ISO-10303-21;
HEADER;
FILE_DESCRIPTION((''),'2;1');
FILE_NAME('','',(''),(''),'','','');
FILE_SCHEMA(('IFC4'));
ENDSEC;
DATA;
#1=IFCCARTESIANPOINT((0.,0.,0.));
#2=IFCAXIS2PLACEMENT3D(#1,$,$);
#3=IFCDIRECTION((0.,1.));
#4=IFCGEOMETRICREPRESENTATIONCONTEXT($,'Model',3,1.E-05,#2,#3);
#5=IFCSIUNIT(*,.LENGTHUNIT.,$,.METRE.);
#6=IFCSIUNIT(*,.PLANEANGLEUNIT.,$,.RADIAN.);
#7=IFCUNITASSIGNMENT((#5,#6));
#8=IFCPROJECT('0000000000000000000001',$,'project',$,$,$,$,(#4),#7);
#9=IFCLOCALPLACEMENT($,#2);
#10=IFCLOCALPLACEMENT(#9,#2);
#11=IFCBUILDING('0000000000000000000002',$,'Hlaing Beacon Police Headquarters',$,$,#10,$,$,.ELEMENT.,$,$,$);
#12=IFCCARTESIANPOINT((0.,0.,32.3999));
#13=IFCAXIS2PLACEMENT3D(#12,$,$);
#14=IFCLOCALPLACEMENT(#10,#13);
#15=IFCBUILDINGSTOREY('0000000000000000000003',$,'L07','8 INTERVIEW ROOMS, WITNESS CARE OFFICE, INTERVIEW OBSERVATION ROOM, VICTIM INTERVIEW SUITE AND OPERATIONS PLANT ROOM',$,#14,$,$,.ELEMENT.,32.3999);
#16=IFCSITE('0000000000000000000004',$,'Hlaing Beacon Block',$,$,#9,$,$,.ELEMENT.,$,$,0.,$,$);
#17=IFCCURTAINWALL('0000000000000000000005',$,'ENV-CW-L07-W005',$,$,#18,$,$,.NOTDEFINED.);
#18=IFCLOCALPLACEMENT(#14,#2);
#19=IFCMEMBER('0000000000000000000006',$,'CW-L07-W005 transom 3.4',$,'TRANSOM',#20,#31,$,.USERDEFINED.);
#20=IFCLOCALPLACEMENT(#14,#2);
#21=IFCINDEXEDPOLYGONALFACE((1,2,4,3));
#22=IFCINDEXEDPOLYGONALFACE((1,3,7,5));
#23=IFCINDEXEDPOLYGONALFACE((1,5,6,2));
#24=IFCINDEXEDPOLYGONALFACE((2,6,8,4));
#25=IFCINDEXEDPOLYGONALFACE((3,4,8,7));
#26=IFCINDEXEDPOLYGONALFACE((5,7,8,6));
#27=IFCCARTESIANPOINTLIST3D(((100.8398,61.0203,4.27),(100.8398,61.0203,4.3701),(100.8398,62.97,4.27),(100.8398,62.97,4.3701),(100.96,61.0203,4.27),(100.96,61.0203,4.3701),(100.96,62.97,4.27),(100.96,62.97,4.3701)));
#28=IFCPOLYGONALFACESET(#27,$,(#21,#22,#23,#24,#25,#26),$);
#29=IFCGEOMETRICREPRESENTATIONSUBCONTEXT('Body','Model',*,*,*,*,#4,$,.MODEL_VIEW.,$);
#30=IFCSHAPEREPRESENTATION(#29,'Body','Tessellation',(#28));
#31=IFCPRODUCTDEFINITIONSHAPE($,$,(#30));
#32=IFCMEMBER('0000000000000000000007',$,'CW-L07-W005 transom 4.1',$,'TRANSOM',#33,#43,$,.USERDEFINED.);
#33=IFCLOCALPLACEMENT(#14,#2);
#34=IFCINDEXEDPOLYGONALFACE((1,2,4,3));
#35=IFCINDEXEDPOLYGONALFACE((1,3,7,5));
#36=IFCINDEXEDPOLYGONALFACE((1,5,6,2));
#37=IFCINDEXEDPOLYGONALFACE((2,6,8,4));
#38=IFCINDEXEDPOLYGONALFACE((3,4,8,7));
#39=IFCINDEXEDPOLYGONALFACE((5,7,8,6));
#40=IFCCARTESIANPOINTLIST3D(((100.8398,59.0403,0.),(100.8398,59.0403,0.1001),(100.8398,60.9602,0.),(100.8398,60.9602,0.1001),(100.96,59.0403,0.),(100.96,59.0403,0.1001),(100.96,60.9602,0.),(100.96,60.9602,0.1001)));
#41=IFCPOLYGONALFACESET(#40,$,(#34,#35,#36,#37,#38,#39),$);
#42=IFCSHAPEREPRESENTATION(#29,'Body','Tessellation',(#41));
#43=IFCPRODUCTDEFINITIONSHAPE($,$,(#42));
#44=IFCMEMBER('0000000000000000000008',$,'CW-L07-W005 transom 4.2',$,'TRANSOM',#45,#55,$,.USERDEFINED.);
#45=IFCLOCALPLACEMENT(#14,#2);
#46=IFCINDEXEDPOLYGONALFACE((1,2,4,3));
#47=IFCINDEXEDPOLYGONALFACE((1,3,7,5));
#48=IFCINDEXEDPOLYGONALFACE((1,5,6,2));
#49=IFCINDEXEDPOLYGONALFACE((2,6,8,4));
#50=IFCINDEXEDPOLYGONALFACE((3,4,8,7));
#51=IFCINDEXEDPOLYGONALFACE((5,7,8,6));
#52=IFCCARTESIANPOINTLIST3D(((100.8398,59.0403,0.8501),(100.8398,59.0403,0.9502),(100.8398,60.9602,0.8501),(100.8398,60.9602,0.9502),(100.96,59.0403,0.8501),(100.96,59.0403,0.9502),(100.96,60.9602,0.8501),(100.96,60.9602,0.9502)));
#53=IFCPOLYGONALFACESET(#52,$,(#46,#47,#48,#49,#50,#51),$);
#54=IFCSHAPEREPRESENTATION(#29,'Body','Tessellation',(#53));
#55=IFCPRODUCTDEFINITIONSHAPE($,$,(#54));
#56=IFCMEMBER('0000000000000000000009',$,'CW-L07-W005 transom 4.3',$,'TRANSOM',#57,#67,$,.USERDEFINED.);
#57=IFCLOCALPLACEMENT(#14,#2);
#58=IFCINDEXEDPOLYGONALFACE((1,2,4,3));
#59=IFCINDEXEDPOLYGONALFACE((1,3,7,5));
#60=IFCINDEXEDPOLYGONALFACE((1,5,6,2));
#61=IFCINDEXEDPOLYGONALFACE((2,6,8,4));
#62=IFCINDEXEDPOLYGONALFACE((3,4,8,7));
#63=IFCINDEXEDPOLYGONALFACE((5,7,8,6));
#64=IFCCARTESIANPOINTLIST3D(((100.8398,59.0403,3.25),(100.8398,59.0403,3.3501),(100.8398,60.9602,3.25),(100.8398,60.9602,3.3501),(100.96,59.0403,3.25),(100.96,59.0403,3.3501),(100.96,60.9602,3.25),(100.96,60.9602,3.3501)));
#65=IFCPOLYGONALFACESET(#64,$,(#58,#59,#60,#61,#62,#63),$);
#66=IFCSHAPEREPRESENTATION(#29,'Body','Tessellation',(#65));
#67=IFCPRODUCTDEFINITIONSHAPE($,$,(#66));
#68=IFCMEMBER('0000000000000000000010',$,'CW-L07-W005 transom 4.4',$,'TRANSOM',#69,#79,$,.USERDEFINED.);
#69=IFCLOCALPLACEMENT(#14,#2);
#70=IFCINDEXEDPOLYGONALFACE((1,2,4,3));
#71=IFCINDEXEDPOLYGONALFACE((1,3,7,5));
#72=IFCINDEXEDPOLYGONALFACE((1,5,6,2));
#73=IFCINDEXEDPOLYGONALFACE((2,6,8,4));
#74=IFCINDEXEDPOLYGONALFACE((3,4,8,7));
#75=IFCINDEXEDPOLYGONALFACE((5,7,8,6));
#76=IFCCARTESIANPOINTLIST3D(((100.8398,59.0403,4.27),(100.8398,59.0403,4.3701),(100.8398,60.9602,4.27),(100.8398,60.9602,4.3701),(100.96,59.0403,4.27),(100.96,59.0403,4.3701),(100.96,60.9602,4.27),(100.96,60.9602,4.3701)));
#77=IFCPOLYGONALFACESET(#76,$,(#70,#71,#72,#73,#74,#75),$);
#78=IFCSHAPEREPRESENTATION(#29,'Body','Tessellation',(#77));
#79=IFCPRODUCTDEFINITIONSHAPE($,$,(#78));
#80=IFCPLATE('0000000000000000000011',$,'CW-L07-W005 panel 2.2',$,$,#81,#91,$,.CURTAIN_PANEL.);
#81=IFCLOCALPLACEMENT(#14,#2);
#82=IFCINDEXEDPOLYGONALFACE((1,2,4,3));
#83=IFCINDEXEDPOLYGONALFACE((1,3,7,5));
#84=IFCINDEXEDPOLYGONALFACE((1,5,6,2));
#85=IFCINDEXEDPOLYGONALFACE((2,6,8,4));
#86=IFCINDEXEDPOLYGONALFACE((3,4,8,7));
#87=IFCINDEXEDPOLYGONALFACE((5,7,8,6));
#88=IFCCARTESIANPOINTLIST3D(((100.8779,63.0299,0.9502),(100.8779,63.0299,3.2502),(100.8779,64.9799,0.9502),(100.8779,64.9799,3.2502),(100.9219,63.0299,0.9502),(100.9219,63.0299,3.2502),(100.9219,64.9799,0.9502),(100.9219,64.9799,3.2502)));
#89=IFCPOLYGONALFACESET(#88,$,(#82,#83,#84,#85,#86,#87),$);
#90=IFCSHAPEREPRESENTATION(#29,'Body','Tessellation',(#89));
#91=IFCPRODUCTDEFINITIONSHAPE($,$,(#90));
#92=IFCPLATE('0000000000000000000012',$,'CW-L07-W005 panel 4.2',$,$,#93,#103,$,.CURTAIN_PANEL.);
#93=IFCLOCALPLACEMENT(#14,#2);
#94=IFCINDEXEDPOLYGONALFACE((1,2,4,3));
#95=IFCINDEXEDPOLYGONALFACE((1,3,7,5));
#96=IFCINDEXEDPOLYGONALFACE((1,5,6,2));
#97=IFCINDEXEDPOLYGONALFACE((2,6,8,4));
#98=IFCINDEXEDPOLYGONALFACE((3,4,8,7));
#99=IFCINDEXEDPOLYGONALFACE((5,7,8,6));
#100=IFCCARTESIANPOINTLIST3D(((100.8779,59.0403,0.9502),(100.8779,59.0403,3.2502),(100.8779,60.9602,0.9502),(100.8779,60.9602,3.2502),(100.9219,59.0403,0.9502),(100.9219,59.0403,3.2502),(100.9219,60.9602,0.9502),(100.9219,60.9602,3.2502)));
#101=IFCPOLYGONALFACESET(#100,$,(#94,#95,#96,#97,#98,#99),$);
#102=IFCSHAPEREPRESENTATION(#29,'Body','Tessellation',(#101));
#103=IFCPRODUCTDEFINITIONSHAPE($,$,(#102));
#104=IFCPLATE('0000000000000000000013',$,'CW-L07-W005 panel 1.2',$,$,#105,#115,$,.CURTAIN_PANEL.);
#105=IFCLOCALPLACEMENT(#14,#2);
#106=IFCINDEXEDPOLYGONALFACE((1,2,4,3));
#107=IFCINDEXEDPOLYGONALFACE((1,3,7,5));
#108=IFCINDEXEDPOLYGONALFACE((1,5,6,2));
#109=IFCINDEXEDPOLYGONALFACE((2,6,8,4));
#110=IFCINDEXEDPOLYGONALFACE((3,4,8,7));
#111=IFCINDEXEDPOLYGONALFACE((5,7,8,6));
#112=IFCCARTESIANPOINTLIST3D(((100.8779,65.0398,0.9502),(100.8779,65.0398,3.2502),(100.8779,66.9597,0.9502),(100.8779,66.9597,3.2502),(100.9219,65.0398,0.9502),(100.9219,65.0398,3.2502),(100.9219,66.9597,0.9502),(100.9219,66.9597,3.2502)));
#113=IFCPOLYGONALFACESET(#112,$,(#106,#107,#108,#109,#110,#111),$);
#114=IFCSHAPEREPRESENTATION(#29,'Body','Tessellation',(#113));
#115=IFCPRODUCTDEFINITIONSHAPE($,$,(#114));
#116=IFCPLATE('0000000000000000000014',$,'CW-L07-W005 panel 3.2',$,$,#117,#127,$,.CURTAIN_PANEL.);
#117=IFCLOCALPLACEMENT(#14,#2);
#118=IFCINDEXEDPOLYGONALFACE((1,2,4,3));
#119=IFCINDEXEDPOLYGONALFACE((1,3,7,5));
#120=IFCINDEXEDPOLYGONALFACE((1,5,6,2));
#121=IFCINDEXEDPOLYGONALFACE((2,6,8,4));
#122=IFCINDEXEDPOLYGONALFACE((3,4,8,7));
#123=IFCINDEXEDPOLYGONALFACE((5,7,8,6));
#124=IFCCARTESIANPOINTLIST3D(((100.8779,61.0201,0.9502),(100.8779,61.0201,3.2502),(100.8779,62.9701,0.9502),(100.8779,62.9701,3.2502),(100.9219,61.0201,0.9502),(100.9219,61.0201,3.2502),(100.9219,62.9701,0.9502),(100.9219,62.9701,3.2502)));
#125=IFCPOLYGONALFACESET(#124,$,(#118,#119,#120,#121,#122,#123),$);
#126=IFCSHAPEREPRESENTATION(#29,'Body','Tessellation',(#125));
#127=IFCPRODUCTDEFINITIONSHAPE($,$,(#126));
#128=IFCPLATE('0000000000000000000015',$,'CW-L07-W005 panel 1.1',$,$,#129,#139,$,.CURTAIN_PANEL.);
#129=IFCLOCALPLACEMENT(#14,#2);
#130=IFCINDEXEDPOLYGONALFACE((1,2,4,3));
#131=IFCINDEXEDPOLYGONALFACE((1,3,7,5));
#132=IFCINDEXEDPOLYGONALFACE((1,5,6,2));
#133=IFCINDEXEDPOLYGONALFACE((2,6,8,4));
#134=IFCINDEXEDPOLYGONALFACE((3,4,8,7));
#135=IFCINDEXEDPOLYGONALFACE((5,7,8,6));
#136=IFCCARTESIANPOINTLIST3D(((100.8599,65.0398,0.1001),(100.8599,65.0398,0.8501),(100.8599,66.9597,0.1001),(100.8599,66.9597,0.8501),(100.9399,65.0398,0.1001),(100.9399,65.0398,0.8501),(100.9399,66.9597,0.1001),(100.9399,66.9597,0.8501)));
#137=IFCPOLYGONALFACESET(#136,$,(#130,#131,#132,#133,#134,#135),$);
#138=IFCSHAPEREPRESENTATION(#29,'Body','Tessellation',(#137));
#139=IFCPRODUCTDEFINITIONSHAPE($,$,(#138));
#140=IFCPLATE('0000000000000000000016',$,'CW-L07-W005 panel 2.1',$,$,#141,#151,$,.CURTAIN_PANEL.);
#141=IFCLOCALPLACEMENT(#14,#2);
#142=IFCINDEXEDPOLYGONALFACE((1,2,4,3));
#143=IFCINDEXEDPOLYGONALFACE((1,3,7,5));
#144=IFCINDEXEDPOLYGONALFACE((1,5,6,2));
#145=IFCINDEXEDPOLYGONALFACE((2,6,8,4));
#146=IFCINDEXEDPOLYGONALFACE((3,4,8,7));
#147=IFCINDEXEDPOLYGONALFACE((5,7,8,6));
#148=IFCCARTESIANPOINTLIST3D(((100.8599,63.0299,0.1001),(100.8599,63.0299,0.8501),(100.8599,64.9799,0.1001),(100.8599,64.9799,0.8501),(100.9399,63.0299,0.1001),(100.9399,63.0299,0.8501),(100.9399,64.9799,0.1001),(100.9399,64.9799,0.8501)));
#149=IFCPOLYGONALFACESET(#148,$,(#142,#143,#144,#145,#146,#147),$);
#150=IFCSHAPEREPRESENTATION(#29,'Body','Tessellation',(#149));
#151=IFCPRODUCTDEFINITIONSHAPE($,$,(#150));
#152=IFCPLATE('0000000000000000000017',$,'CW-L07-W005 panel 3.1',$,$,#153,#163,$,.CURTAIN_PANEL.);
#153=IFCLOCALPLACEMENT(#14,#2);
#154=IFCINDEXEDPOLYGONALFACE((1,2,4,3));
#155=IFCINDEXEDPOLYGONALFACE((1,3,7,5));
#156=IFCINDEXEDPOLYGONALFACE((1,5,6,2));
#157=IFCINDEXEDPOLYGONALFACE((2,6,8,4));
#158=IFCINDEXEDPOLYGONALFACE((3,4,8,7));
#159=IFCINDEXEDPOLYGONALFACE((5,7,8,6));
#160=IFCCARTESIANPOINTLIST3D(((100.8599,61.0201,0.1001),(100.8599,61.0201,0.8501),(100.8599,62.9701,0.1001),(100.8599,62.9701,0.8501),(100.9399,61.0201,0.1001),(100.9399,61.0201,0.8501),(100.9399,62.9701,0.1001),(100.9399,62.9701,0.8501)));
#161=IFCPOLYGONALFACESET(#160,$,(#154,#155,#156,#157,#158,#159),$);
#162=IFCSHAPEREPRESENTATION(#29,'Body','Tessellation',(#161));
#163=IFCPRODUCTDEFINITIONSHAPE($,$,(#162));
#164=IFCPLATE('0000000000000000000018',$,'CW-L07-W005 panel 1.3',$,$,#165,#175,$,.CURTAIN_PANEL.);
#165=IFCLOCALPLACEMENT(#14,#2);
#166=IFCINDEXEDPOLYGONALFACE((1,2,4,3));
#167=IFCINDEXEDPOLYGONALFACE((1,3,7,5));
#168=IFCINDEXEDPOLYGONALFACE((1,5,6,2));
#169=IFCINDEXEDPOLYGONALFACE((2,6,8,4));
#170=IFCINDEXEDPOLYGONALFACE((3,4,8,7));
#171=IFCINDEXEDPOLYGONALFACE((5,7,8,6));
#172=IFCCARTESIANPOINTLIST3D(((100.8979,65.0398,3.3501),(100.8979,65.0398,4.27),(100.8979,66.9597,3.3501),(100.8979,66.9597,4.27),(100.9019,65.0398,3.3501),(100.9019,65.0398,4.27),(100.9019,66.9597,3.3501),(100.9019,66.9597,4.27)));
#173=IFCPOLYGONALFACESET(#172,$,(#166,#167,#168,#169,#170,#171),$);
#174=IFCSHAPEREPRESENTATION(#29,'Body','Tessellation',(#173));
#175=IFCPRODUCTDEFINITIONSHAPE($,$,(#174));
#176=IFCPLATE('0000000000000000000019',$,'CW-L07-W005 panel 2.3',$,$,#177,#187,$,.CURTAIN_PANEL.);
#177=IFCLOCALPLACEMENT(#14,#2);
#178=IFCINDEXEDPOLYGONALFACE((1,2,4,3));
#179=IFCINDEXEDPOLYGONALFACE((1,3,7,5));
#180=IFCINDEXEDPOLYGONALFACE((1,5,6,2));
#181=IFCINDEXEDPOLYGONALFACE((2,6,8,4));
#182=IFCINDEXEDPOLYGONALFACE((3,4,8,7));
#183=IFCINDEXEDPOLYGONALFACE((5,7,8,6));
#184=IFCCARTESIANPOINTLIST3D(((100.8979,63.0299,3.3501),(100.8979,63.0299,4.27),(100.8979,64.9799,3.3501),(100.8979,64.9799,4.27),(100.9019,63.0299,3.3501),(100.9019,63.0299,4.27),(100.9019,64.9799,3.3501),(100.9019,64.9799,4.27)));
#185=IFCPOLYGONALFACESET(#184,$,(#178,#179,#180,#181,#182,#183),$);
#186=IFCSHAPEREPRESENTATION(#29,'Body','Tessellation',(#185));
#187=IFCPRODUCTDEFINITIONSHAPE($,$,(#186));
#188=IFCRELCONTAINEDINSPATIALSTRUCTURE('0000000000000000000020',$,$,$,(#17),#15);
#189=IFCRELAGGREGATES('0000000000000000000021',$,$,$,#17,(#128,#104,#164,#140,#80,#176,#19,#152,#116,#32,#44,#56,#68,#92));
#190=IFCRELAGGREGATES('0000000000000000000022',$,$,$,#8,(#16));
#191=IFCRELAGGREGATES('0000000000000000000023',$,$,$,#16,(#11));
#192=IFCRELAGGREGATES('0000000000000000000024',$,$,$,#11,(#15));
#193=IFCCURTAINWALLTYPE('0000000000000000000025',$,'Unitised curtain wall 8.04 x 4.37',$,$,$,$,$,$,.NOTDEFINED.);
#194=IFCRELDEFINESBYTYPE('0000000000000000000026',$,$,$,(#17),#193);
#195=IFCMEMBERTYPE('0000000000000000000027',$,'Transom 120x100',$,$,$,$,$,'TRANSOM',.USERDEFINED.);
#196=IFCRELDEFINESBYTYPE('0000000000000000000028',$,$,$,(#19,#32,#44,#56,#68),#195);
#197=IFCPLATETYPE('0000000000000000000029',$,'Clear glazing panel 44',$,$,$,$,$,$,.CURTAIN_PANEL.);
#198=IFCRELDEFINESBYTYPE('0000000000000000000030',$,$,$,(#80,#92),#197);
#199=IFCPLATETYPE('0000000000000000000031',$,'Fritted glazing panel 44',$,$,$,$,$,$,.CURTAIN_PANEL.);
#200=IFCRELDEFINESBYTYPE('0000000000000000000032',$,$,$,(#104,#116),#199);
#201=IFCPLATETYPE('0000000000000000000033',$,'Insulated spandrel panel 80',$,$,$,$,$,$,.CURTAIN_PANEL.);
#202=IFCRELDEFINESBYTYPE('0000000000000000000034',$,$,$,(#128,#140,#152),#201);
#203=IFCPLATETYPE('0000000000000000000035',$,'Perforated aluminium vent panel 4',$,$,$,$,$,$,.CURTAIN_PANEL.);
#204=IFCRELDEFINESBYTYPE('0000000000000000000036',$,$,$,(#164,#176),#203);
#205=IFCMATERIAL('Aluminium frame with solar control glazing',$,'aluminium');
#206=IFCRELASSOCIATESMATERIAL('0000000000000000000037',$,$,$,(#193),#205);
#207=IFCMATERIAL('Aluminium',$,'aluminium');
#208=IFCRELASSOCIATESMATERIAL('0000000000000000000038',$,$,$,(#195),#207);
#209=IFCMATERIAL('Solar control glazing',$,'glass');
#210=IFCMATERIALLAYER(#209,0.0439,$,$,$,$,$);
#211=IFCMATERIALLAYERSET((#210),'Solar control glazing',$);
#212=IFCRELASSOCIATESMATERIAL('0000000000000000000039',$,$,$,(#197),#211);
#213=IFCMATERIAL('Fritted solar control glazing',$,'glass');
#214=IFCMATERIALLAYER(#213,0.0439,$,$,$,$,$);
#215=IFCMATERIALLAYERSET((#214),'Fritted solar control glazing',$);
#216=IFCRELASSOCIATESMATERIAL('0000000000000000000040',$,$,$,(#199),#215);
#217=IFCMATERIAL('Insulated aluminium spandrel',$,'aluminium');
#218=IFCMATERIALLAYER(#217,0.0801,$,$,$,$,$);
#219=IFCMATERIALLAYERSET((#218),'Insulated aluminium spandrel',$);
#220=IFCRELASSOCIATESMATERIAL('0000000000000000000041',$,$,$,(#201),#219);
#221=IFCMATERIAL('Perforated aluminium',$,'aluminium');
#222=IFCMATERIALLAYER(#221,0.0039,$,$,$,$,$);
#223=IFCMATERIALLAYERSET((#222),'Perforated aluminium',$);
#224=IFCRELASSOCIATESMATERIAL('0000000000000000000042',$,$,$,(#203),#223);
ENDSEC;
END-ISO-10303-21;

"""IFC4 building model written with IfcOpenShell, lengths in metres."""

from ifc_helpers import new_model, si_unit, direction, frame, origin, origin_2d, place, context, subcontext, project, spatial, rectangle, extrude, material, layer, layer_set, material_profile, profile_set, type_object, element, aggregate, save


model = new_model("IFC4")

# Units and contexts
model_context = context("Model", 3, precision=1e-05, world=origin(), true_north=direction((0.0, 1.0)))
body_context = subcontext(model_context, "Body", "Model", "MODEL_VIEW")
ifc_project = project(units=[si_unit("LENGTHUNIT", "METRE"), si_unit("PLANEANGLEUNIT", "RADIAN")], contexts=[model_context])

# Site, building, storey
site_placement = place(None, origin())
site = spatial("IfcSite", under=ifc_project, at=site_placement, Name="Hlaing Beacon Block", CompositionType="ELEMENT", RefElevation=0.0)
building_placement = place(site_placement, origin())
building = spatial("IfcBuilding", under=site, at=building_placement, Name="Hlaing Beacon Police Headquarters", CompositionType="ELEMENT")
storey_placement = place(building_placement, frame((0.0, 0.0, 32.3999)))
storey = spatial("IfcBuildingStorey", under=building, at=storey_placement, Name="L07", Description="8 INTERVIEW ROOMS, WITNESS CARE OFFICE, INTERVIEW OBSERVATION ROOM, VICTIM INTERVIEW SUITE AND OPERATIONS PLANT ROOM", CompositionType="ELEMENT", Elevation=32.3999)

# Curtain wall, members, plates
ifc_material_1 = material(Name="Aluminium frame with solar control glazing", Category="aluminium")
curtain_wall_type = type_object("IfcCurtainWallType", Name="Unitised curtain wall 8.04 x 4.37", PredefinedType="NOTDEFINED", material=ifc_material_1)
curtain_wall_placement = place(storey_placement, origin())
curtain_wall = element("IfcCurtainWall", 1, at=curtain_wall_placement, inside=storey, type_object=curtain_wall_type, Name="ENV-CW-L07-W005", PredefinedType="NOTDEFINED")
ifc_material_2 = material(Name="Aluminium", Category="aluminium")
ifc_material_profile_1 = material_profile(ifc_material_2, rectangle(XDim=0.1201, YDim=0.1001, at=origin_2d()), Name="Transom 120x100")
ifc_profile_set_1 = profile_set([ifc_material_profile_1], Name="Aluminium")
member_type_1 = type_object("IfcMemberType", Name="Transom 120x100", ElementType="TRANSOM", PredefinedType="USERDEFINED", material=ifc_profile_set_1)
member_1_placement = place(storey_placement, frame((100.8999, 62.97, 4.3201), z_axis=(0.0, -1.0, 0.0), x_axis=(1.0, 0.0, 0.0)))
member_1 = element("IfcMember", 2, at=member_1_placement, type_object=member_type_1, Name="CW-L07-W005 transom 3.4", ObjectType="TRANSOM", PredefinedType="USERDEFINED", context=body_context, shape_type="SweptSolid", body=[
    extrude(rectangle(XDim=0.1201, YDim=0.1001, at=origin_2d()), origin(), (0.0, 0.0, 1.0), 1.9497),
])
member_2_placement = place(storey_placement, frame((100.8999, 60.9602, 0.05), z_axis=(0.0, -1.0, 0.0), x_axis=(1.0, 0.0, 0.0)))
member_2 = element("IfcMember", 3, at=member_2_placement, type_object=member_type_1, Name="CW-L07-W005 transom 4.1", ObjectType="TRANSOM", PredefinedType="USERDEFINED", context=body_context, shape_type="SweptSolid", body=[
    extrude(rectangle(XDim=0.1201, YDim=0.1001, at=origin_2d()), origin(), (0.0, 0.0, 1.0), 1.9199),
])
member_3_placement = place(storey_placement, frame((100.8999, 60.9602, 0.9001), z_axis=(0.0, -1.0, 0.0), x_axis=(1.0, 0.0, 0.0)))
member_3 = element("IfcMember", 4, at=member_3_placement, type_object=member_type_1, Name="CW-L07-W005 transom 4.2", ObjectType="TRANSOM", PredefinedType="USERDEFINED", context=body_context, shape_type="SweptSolid", body=[
    extrude(rectangle(XDim=0.1201, YDim=0.1001, at=origin_2d()), origin(), (0.0, 0.0, 1.0), 1.9199),
])
member_4_placement = place(storey_placement, frame((100.8999, 60.9602, 3.3), z_axis=(0.0, -1.0, 0.0), x_axis=(1.0, 0.0, 0.0)))
member_4 = element("IfcMember", 5, at=member_4_placement, type_object=member_type_1, Name="CW-L07-W005 transom 4.3", ObjectType="TRANSOM", PredefinedType="USERDEFINED", context=body_context, shape_type="SweptSolid", body=[
    extrude(rectangle(XDim=0.1201, YDim=0.1001, at=origin_2d()), origin(), (0.0, 0.0, 1.0), 1.9199),
])
member_5_placement = place(storey_placement, frame((100.8999, 60.9602, 4.3201), z_axis=(0.0, -1.0, 0.0), x_axis=(1.0, 0.0, 0.0)))
member_5 = element("IfcMember", 6, at=member_5_placement, type_object=member_type_1, Name="CW-L07-W005 transom 4.4", ObjectType="TRANSOM", PredefinedType="USERDEFINED", context=body_context, shape_type="SweptSolid", body=[
    extrude(rectangle(XDim=0.1201, YDim=0.1001, at=origin_2d()), origin(), (0.0, 0.0, 1.0), 1.9199),
])
ifc_material_3 = material(Name="Solar control glazing", Category="glass")
ifc_layer_1 = layer(ifc_material_3, 0.0439)
ifc_layer_set_1 = layer_set([ifc_layer_1], Name="Solar control glazing")
plate_type_1 = type_object("IfcPlateType", Name="Clear glazing panel 44", PredefinedType="CURTAIN_PANEL", material=ifc_layer_set_1)
plate_1_placement = place(storey_placement, frame((100.8999, 64.0049, 0.9502), z_axis=(0.0, 0.0, 1.0), x_axis=(0.0, -1.0, 0.0)))
plate_1 = element("IfcPlate", 7, at=plate_1_placement, type_object=plate_type_1, Name="CW-L07-W005 panel 2.2", PredefinedType="CURTAIN_PANEL", context=body_context, shape_type="SweptSolid", body=[
    extrude(rectangle(XDim=1.95, YDim=0.0439, at=origin_2d()), origin(), (0.0, 0.0, 1.0), 2.3),
])
plate_2_placement = place(storey_placement, frame((100.8999, 60.0002, 0.9502), z_axis=(0.0, 0.0, 1.0), x_axis=(0.0, -1.0, 0.0)))
plate_2 = element("IfcPlate", 8, at=plate_2_placement, type_object=plate_type_1, Name="CW-L07-W005 panel 4.2", PredefinedType="CURTAIN_PANEL", context=body_context, shape_type="SweptSolid", body=[
    extrude(rectangle(XDim=1.9199, YDim=0.0439, at=origin_2d()), origin(), (0.0, 0.0, 1.0), 2.3),
])
ifc_material_4 = material(Name="Fritted solar control glazing", Category="glass")
ifc_layer_2 = layer(ifc_material_4, 0.0439)
ifc_layer_set_2 = layer_set([ifc_layer_2], Name="Fritted solar control glazing")
plate_type_2 = type_object("IfcPlateType", Name="Fritted glazing panel 44", PredefinedType="CURTAIN_PANEL", material=ifc_layer_set_2)
plate_3_placement = place(storey_placement, frame((100.8999, 65.9998, 0.9502), z_axis=(0.0, 0.0, 1.0), x_axis=(0.0, -1.0, 0.0)))
plate_3 = element("IfcPlate", 9, at=plate_3_placement, type_object=plate_type_2, Name="CW-L07-W005 panel 1.2", PredefinedType="CURTAIN_PANEL", context=body_context, shape_type="SweptSolid", body=[
    extrude(rectangle(XDim=1.9199, YDim=0.0439, at=origin_2d()), origin(), (0.0, 0.0, 1.0), 2.3),
])
plate_4_placement = place(storey_placement, frame((100.8999, 61.9951, 0.9502), z_axis=(0.0, 0.0, 1.0), x_axis=(0.0, -1.0, 0.0)))
plate_4 = element("IfcPlate", 10, at=plate_4_placement, type_object=plate_type_2, Name="CW-L07-W005 panel 3.2", PredefinedType="CURTAIN_PANEL", context=body_context, shape_type="SweptSolid", body=[
    extrude(rectangle(XDim=1.95, YDim=0.0439, at=origin_2d()), origin(), (0.0, 0.0, 1.0), 2.3),
])
ifc_material_5 = material(Name="Insulated aluminium spandrel", Category="aluminium")
ifc_layer_3 = layer(ifc_material_5, 0.0801)
ifc_layer_set_3 = layer_set([ifc_layer_3], Name="Insulated aluminium spandrel")
plate_type_3 = type_object("IfcPlateType", Name="Insulated spandrel panel 80", PredefinedType="CURTAIN_PANEL", material=ifc_layer_set_3)
plate_5_placement = place(storey_placement, frame((100.8999, 65.9998, 0.1001), z_axis=(0.0, 0.0, 1.0), x_axis=(0.0, -1.0, 0.0)))
plate_5 = element("IfcPlate", 11, at=plate_5_placement, type_object=plate_type_3, Name="CW-L07-W005 panel 1.1", PredefinedType="CURTAIN_PANEL", context=body_context, shape_type="SweptSolid", body=[
    extrude(rectangle(XDim=1.9199, YDim=0.0801, at=origin_2d()), origin(), (0.0, 0.0, 1.0), 0.75),
])
plate_6_placement = place(storey_placement, frame((100.8999, 64.0049, 0.1001), z_axis=(0.0, 0.0, 1.0), x_axis=(0.0, -1.0, 0.0)))
plate_6 = element("IfcPlate", 12, at=plate_6_placement, type_object=plate_type_3, Name="CW-L07-W005 panel 2.1", PredefinedType="CURTAIN_PANEL", context=body_context, shape_type="SweptSolid", body=[
    extrude(rectangle(XDim=1.95, YDim=0.0801, at=origin_2d()), origin(), (0.0, 0.0, 1.0), 0.75),
])
plate_7_placement = place(storey_placement, frame((100.8999, 61.9951, 0.1001), z_axis=(0.0, 0.0, 1.0), x_axis=(0.0, -1.0, 0.0)))
plate_7 = element("IfcPlate", 13, at=plate_7_placement, type_object=plate_type_3, Name="CW-L07-W005 panel 3.1", PredefinedType="CURTAIN_PANEL", context=body_context, shape_type="SweptSolid", body=[
    extrude(rectangle(XDim=1.95, YDim=0.0801, at=origin_2d()), origin(), (0.0, 0.0, 1.0), 0.75),
])
ifc_material_6 = material(Name="Perforated aluminium", Category="aluminium")
ifc_layer_4 = layer(ifc_material_6, 0.0039)
ifc_layer_set_4 = layer_set([ifc_layer_4], Name="Perforated aluminium")
plate_type_4 = type_object("IfcPlateType", Name="Perforated aluminium vent panel 4", PredefinedType="CURTAIN_PANEL", material=ifc_layer_set_4)
plate_8_placement = place(storey_placement, frame((100.8999, 65.9998, 3.3501), z_axis=(0.0, 0.0, 1.0), x_axis=(0.0, -1.0, 0.0)))
plate_8 = element("IfcPlate", 14, at=plate_8_placement, type_object=plate_type_4, Name="CW-L07-W005 panel 1.3", PredefinedType="CURTAIN_PANEL", context=body_context, shape_type="SweptSolid", body=[
    extrude(rectangle(XDim=1.9199, YDim=0.0039, at=origin_2d()), origin(), (0.0, 0.0, 1.0), 0.9199),
])
plate_9_placement = place(storey_placement, frame((100.8999, 64.0049, 3.3501), z_axis=(0.0, 0.0, 1.0), x_axis=(0.0, -1.0, 0.0)))
plate_9 = element("IfcPlate", 15, at=plate_9_placement, type_object=plate_type_4, Name="CW-L07-W005 panel 2.3", PredefinedType="CURTAIN_PANEL", context=body_context, shape_type="SweptSolid", body=[
    extrude(rectangle(XDim=1.95, YDim=0.0039, at=origin_2d()), origin(), (0.0, 0.0, 1.0), 0.9199),
])
aggregate(curtain_wall, [plate_5, plate_3, plate_8, plate_6, plate_1, plate_9, member_1, plate_7, plate_4, member_2, member_3, member_4, member_5, plate_2])

save(model, "model.ifc")
